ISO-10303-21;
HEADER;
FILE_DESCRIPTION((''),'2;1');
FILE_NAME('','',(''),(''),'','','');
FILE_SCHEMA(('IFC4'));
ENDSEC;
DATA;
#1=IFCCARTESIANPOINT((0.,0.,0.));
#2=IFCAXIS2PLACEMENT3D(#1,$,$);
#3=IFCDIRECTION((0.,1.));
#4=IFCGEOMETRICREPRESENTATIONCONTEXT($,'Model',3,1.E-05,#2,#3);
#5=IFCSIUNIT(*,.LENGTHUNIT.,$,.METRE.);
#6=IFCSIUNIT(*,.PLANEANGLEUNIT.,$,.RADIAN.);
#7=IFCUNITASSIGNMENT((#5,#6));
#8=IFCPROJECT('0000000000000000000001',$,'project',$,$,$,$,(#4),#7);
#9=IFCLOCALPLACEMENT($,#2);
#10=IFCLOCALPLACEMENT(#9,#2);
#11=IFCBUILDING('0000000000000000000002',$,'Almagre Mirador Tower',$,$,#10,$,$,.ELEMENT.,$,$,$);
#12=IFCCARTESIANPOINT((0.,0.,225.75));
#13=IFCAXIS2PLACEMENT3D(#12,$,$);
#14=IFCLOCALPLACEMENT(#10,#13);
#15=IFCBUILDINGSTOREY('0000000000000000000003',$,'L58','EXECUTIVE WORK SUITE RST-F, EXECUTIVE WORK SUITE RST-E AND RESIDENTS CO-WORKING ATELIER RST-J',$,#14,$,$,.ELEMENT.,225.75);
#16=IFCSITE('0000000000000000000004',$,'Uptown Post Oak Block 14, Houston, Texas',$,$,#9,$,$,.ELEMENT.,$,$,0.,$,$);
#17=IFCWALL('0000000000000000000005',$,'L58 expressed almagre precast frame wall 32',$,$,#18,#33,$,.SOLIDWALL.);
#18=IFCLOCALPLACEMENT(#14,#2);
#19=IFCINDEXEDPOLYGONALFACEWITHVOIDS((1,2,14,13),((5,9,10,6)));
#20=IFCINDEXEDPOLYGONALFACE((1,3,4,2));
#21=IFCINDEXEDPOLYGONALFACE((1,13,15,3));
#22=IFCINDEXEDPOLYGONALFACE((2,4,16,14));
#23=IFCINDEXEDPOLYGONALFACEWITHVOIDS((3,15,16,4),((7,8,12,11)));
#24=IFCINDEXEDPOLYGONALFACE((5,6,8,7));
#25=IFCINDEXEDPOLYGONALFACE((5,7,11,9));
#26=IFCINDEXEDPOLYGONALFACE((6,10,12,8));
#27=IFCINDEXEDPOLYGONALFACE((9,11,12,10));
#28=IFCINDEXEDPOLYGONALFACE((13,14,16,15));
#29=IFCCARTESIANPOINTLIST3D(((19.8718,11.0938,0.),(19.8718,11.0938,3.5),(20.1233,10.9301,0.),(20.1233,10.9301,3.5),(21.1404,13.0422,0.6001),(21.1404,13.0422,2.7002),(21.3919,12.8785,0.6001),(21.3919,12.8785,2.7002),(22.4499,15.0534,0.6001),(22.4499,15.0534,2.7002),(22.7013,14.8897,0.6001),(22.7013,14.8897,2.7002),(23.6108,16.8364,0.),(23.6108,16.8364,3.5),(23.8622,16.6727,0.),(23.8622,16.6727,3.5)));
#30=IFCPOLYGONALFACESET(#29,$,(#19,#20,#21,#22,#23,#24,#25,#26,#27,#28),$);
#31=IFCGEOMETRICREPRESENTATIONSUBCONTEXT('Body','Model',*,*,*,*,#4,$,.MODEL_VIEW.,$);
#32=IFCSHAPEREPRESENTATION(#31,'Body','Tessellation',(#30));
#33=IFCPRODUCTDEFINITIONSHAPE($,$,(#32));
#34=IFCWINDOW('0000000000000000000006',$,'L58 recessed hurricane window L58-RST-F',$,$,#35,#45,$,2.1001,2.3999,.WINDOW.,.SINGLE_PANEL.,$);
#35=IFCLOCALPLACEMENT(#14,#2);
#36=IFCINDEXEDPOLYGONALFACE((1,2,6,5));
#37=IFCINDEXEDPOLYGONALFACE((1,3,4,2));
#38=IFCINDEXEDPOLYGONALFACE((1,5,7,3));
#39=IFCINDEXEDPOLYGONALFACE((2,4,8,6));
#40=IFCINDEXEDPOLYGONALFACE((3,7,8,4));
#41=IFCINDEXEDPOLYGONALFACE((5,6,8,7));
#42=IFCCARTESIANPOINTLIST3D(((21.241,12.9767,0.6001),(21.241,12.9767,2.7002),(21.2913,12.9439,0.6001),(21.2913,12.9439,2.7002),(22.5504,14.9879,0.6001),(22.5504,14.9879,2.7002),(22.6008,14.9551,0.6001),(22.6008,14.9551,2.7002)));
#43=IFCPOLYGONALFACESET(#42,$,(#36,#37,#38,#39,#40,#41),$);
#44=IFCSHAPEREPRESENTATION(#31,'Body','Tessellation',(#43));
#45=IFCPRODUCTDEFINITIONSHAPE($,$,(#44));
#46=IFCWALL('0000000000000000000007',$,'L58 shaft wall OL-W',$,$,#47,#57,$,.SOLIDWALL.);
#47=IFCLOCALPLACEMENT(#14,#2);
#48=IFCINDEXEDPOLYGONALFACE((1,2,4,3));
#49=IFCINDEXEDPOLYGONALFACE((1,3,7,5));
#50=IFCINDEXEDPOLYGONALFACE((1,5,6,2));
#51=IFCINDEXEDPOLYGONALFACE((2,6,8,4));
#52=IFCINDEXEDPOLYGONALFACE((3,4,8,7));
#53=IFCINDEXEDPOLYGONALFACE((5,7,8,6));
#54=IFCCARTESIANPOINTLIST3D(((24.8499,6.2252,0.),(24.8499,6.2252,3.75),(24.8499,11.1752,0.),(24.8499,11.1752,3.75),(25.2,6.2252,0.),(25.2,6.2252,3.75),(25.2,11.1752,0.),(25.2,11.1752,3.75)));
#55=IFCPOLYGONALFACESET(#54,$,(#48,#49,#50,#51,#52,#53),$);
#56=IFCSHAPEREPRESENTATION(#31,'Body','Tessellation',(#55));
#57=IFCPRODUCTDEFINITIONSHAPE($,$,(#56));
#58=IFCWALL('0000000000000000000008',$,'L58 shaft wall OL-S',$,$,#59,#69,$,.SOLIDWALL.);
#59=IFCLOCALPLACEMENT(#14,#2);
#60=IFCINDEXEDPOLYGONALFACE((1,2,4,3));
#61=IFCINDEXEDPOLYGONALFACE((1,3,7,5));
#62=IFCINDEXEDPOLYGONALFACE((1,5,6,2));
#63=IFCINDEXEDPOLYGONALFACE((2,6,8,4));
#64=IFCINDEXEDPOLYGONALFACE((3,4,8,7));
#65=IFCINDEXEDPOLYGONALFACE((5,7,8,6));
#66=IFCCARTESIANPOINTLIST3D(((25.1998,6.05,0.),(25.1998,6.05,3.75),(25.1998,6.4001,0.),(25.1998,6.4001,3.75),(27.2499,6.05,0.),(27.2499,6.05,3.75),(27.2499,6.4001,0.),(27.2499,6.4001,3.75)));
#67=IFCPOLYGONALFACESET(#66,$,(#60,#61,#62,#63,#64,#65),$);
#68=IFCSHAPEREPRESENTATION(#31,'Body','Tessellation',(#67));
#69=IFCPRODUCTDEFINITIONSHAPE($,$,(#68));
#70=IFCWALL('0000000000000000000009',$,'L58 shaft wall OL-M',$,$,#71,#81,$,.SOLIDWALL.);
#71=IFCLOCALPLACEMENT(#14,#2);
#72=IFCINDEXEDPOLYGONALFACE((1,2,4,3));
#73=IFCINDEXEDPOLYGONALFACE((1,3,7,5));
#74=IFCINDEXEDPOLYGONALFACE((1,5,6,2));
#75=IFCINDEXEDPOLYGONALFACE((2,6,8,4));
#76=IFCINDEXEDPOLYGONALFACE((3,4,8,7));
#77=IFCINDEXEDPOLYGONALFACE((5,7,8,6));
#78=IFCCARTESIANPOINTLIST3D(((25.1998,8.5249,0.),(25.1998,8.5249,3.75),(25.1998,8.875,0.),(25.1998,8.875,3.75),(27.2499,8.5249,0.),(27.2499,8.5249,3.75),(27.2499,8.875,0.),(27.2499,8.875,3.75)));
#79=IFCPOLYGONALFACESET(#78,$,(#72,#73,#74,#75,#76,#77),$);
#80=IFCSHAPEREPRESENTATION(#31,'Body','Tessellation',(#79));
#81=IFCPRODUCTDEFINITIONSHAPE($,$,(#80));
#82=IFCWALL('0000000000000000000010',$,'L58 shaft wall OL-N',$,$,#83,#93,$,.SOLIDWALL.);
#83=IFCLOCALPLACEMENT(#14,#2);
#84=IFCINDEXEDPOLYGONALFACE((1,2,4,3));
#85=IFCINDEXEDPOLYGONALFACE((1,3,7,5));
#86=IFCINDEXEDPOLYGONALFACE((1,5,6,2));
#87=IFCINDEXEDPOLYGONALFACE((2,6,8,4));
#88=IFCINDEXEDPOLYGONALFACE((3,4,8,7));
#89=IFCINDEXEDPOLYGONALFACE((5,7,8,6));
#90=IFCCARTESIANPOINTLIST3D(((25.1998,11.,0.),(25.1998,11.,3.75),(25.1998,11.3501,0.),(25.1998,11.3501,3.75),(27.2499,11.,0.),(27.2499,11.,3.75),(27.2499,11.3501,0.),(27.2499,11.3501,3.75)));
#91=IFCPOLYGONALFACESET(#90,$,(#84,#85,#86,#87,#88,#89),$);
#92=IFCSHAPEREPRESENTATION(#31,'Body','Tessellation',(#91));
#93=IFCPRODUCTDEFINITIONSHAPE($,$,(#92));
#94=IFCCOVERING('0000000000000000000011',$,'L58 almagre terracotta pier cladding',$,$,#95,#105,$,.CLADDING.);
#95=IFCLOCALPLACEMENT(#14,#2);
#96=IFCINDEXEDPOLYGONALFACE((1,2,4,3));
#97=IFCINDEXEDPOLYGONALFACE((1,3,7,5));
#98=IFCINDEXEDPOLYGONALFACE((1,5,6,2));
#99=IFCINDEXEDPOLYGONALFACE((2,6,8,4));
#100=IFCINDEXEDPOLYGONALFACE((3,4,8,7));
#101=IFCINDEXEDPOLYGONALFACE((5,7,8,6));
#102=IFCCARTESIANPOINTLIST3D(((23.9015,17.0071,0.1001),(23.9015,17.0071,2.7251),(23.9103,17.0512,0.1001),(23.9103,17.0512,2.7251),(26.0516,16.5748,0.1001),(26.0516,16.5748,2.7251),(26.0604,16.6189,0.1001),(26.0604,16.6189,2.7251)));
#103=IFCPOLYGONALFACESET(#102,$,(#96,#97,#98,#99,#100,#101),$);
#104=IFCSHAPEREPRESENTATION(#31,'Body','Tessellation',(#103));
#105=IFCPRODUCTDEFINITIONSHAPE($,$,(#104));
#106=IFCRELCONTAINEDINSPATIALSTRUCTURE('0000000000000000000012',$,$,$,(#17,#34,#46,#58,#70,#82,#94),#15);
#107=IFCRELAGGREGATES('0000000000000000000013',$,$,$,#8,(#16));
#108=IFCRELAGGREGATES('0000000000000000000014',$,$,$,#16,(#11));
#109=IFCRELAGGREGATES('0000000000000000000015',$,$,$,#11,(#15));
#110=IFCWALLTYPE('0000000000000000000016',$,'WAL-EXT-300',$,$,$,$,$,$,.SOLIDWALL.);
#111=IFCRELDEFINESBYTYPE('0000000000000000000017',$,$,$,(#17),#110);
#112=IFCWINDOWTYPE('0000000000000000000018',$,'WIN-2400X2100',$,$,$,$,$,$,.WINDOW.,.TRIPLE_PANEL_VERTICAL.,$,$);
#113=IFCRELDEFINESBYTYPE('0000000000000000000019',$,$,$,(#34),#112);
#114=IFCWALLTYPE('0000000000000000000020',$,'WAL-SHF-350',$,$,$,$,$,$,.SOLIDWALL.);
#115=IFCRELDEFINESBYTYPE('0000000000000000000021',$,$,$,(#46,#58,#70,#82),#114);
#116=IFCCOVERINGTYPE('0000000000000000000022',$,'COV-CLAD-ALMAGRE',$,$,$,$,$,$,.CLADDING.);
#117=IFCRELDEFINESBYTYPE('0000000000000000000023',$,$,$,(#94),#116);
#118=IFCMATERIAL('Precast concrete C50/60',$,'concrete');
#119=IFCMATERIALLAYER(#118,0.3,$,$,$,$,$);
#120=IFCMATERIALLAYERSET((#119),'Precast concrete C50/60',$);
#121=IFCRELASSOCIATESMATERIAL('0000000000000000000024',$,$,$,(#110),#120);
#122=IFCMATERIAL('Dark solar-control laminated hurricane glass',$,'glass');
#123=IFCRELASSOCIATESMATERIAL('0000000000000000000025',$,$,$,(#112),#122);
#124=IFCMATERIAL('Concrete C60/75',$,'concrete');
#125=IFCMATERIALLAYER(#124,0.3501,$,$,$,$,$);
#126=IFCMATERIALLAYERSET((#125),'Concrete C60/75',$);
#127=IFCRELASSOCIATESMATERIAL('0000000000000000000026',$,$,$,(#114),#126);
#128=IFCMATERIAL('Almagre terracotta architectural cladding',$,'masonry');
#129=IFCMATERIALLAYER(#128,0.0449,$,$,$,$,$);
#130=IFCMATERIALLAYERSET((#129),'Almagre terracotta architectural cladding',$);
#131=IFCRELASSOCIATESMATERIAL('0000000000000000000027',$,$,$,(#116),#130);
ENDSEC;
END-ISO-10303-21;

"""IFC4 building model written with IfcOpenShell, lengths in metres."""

from ifc_helpers import new_model, si_unit, direction, frame, frame_2d, origin, origin_2d, place, context, subcontext, project, spatial, rectangle, extrude, material, layer, layer_set, type_object, element, fill, save


model = new_model("IFC4")

# Units and contexts
model_context = context("Model", 3, precision=1e-05, world=origin(), true_north=direction((0.0, 1.0)))
body_context = subcontext(model_context, "Body", "Model", "MODEL_VIEW")
ifc_project = project(units=[si_unit("LENGTHUNIT", "METRE"), si_unit("PLANEANGLEUNIT", "RADIAN")], contexts=[model_context])

# Site, building, storey
site_placement = place(None, origin())
site = spatial("IfcSite", under=ifc_project, at=site_placement, Name="Uptown Post Oak Block 14, Houston, Texas", CompositionType="ELEMENT", RefElevation=0.0)
building_placement = place(site_placement, origin())
building = spatial("IfcBuilding", under=site, at=building_placement, Name="Almagre Mirador Tower", CompositionType="ELEMENT")
storey_placement = place(building_placement, frame((0.0, 0.0, 225.75)))
storey = spatial("IfcBuildingStorey", under=building, at=storey_placement, Name="L58", Description="EXECUTIVE WORK SUITE RST-F, EXECUTIVE WORK SUITE RST-E AND RESIDENTS CO-WORKING ATELIER RST-J", CompositionType="ELEMENT", Elevation=225.75)

# Shared definitions
ifc_material_1 = material(Name="Precast concrete C50/60", Category="concrete")
ifc_layer_1 = layer(ifc_material_1, 0.3)
ifc_layer_set_1 = layer_set([ifc_layer_1], Name="Precast concrete C50/60")
wall_type_1 = type_object("IfcWallType", Name="WAL-EXT-300", PredefinedType="SOLIDWALL", material=ifc_layer_set_1)

# Wall, opening, window
wall_1_placement = place(storey_placement, frame((19.9976, 11.012, 0.0), z_axis=(0.0, 0.0, 1.0), x_axis=(0.545632, 0.838025, 0.0)))
wall_1 = element("IfcWall", 1, at=wall_1_placement, inside=storey, type_object=wall_type_1, Name="L58 expressed almagre precast frame wall 32", PredefinedType="SOLIDWALL", context=body_context, shape_type="SweptSolid", body=[
    extrude(rectangle(XDim=6.8525, YDim=0.3, at=frame_2d((3.4263, 0.0))), origin(), (0.0, 0.0, 1.0), 3.5),
])
opening_1_placement = place(wall_1_placement, frame((2.325, 0.0, 0.6001)))
opening_1 = element("IfcOpeningElement", 2, at=opening_1_placement, cuts=wall_1, PredefinedType="OPENING", context=body_context, shape_type="SweptSolid", body=[
    extrude(rectangle(XDim=2.3999, YDim=2.1001, at=frame_2d((1.2, 1.05))), frame((0.0, 0.1599, 0.0), z_axis=(0.0, -1.0, 0.0), x_axis=(1.0, 0.0, 0.0)), (0.0, 0.0, 1.0), 0.32),
])
ifc_material_2 = material(Name="Dark solar-control laminated hurricane glass", Category="glass")
window_type_1 = type_object("IfcWindowType", Name="WIN-2400X2100", PartitioningType="TRIPLE_PANEL_VERTICAL", PredefinedType="WINDOW", material=ifc_material_2)
window_1_placement = place(opening_1_placement, origin())
window_1 = element("IfcWindow", 3, at=window_1_placement, inside=storey, type_object=window_type_1, Name="L58 recessed hurricane window L58-RST-F", OverallHeight=2.1001, OverallWidth=2.3999, PartitioningType="SINGLE_PANEL", PredefinedType="WINDOW", context=body_context, shape_type="SweptSolid", body=[
    extrude(rectangle(XDim=2.3999, YDim=2.1001, at=frame_2d((1.2, 1.05))), frame((0.0, 0.03, 0.0), z_axis=(0.0, -1.0, 0.0), x_axis=(1.0, 0.0, 0.0)), (0.0, 0.0, 1.0), 0.0601),
])
fill(opening_1, window_1)

# Walls
ifc_material_3 = material(Name="Concrete C60/75", Category="concrete")
ifc_layer_2 = layer(ifc_material_3, 0.3501)
ifc_layer_set_2 = layer_set([ifc_layer_2], Name="Concrete C60/75")
wall_type_2 = type_object("IfcWallType", Name="WAL-SHF-350", PredefinedType="SOLIDWALL", material=ifc_layer_set_2)
wall_2_placement = place(storey_placement, frame((25.0249, 6.2251, 0.0), z_axis=(0.0, 0.0, 1.0), x_axis=(0.0, 1.0, 0.0)))
element("IfcWall", 4, at=wall_2_placement, inside=storey, type_object=wall_type_2, Name="L58 shaft wall OL-W", PredefinedType="SOLIDWALL", context=body_context, shape_type="SweptSolid", body=[
    extrude(rectangle(XDim=4.95, YDim=0.3501, at=frame_2d((2.4751, 0.0))), origin(), (0.0, 0.0, 1.0), 3.75),
])
for number, where, z_axis, x_axis, name in (
    (5, (25.2, 6.2251, 0.0), (0.0, 0.0, 1.0), (1.0, 0.0, 0.0), "L58 shaft wall OL-S"),
    (6, (25.2, 8.7, 0.0), (0.0, 0.0, 1.0), (1.0, 0.0, 0.0), "L58 shaft wall OL-M"),
    (7, (25.2, 11.175, 0.0), (0.0, 0.0, 1.0), (1.0, 0.0, 0.0), "L58 shaft wall OL-N"),
):
    element("IfcWall", number, at=place(storey_placement, frame(where, z_axis=z_axis, x_axis=x_axis)), inside=storey, type_object=wall_type_2, Name=name, PredefinedType="SOLIDWALL", context=body_context, shape_type="SweptSolid", body=[
        extrude(rectangle(XDim=2.05, YDim=0.3501, at=frame_2d((1.0249, 0.0))), origin(), (0.0, 0.0, 1.0), 3.75),
    ])

# Covering
ifc_material_4 = material(Name="Almagre terracotta architectural cladding", Category="masonry")
ifc_layer_3 = layer(ifc_material_4, 0.0449)
ifc_layer_set_3 = layer_set([ifc_layer_3], Name="Almagre terracotta architectural cladding")
covering_type = type_object("IfcCoveringType", Name="COV-CLAD-ALMAGRE", PredefinedType="CLADDING", material=ifc_layer_set_3)
covering_placement = place(storey_placement, frame((24.981, 16.813, 0.1001), z_axis=(0.0, 0.0, 1.0), x_axis=(0.980381, -0.19711, 0.0)))
element("IfcCovering", 8, at=covering_placement, inside=storey, type_object=covering_type, Name="L58 almagre terracotta pier cladding", PredefinedType="CLADDING", context=body_context, shape_type="SweptSolid", body=[
    extrude(rectangle(XDim=2.1931, YDim=0.0449, at=origin_2d()), origin(), (0.0, 0.0, 1.0), 2.625),
])

save(model, "model.ifc")
